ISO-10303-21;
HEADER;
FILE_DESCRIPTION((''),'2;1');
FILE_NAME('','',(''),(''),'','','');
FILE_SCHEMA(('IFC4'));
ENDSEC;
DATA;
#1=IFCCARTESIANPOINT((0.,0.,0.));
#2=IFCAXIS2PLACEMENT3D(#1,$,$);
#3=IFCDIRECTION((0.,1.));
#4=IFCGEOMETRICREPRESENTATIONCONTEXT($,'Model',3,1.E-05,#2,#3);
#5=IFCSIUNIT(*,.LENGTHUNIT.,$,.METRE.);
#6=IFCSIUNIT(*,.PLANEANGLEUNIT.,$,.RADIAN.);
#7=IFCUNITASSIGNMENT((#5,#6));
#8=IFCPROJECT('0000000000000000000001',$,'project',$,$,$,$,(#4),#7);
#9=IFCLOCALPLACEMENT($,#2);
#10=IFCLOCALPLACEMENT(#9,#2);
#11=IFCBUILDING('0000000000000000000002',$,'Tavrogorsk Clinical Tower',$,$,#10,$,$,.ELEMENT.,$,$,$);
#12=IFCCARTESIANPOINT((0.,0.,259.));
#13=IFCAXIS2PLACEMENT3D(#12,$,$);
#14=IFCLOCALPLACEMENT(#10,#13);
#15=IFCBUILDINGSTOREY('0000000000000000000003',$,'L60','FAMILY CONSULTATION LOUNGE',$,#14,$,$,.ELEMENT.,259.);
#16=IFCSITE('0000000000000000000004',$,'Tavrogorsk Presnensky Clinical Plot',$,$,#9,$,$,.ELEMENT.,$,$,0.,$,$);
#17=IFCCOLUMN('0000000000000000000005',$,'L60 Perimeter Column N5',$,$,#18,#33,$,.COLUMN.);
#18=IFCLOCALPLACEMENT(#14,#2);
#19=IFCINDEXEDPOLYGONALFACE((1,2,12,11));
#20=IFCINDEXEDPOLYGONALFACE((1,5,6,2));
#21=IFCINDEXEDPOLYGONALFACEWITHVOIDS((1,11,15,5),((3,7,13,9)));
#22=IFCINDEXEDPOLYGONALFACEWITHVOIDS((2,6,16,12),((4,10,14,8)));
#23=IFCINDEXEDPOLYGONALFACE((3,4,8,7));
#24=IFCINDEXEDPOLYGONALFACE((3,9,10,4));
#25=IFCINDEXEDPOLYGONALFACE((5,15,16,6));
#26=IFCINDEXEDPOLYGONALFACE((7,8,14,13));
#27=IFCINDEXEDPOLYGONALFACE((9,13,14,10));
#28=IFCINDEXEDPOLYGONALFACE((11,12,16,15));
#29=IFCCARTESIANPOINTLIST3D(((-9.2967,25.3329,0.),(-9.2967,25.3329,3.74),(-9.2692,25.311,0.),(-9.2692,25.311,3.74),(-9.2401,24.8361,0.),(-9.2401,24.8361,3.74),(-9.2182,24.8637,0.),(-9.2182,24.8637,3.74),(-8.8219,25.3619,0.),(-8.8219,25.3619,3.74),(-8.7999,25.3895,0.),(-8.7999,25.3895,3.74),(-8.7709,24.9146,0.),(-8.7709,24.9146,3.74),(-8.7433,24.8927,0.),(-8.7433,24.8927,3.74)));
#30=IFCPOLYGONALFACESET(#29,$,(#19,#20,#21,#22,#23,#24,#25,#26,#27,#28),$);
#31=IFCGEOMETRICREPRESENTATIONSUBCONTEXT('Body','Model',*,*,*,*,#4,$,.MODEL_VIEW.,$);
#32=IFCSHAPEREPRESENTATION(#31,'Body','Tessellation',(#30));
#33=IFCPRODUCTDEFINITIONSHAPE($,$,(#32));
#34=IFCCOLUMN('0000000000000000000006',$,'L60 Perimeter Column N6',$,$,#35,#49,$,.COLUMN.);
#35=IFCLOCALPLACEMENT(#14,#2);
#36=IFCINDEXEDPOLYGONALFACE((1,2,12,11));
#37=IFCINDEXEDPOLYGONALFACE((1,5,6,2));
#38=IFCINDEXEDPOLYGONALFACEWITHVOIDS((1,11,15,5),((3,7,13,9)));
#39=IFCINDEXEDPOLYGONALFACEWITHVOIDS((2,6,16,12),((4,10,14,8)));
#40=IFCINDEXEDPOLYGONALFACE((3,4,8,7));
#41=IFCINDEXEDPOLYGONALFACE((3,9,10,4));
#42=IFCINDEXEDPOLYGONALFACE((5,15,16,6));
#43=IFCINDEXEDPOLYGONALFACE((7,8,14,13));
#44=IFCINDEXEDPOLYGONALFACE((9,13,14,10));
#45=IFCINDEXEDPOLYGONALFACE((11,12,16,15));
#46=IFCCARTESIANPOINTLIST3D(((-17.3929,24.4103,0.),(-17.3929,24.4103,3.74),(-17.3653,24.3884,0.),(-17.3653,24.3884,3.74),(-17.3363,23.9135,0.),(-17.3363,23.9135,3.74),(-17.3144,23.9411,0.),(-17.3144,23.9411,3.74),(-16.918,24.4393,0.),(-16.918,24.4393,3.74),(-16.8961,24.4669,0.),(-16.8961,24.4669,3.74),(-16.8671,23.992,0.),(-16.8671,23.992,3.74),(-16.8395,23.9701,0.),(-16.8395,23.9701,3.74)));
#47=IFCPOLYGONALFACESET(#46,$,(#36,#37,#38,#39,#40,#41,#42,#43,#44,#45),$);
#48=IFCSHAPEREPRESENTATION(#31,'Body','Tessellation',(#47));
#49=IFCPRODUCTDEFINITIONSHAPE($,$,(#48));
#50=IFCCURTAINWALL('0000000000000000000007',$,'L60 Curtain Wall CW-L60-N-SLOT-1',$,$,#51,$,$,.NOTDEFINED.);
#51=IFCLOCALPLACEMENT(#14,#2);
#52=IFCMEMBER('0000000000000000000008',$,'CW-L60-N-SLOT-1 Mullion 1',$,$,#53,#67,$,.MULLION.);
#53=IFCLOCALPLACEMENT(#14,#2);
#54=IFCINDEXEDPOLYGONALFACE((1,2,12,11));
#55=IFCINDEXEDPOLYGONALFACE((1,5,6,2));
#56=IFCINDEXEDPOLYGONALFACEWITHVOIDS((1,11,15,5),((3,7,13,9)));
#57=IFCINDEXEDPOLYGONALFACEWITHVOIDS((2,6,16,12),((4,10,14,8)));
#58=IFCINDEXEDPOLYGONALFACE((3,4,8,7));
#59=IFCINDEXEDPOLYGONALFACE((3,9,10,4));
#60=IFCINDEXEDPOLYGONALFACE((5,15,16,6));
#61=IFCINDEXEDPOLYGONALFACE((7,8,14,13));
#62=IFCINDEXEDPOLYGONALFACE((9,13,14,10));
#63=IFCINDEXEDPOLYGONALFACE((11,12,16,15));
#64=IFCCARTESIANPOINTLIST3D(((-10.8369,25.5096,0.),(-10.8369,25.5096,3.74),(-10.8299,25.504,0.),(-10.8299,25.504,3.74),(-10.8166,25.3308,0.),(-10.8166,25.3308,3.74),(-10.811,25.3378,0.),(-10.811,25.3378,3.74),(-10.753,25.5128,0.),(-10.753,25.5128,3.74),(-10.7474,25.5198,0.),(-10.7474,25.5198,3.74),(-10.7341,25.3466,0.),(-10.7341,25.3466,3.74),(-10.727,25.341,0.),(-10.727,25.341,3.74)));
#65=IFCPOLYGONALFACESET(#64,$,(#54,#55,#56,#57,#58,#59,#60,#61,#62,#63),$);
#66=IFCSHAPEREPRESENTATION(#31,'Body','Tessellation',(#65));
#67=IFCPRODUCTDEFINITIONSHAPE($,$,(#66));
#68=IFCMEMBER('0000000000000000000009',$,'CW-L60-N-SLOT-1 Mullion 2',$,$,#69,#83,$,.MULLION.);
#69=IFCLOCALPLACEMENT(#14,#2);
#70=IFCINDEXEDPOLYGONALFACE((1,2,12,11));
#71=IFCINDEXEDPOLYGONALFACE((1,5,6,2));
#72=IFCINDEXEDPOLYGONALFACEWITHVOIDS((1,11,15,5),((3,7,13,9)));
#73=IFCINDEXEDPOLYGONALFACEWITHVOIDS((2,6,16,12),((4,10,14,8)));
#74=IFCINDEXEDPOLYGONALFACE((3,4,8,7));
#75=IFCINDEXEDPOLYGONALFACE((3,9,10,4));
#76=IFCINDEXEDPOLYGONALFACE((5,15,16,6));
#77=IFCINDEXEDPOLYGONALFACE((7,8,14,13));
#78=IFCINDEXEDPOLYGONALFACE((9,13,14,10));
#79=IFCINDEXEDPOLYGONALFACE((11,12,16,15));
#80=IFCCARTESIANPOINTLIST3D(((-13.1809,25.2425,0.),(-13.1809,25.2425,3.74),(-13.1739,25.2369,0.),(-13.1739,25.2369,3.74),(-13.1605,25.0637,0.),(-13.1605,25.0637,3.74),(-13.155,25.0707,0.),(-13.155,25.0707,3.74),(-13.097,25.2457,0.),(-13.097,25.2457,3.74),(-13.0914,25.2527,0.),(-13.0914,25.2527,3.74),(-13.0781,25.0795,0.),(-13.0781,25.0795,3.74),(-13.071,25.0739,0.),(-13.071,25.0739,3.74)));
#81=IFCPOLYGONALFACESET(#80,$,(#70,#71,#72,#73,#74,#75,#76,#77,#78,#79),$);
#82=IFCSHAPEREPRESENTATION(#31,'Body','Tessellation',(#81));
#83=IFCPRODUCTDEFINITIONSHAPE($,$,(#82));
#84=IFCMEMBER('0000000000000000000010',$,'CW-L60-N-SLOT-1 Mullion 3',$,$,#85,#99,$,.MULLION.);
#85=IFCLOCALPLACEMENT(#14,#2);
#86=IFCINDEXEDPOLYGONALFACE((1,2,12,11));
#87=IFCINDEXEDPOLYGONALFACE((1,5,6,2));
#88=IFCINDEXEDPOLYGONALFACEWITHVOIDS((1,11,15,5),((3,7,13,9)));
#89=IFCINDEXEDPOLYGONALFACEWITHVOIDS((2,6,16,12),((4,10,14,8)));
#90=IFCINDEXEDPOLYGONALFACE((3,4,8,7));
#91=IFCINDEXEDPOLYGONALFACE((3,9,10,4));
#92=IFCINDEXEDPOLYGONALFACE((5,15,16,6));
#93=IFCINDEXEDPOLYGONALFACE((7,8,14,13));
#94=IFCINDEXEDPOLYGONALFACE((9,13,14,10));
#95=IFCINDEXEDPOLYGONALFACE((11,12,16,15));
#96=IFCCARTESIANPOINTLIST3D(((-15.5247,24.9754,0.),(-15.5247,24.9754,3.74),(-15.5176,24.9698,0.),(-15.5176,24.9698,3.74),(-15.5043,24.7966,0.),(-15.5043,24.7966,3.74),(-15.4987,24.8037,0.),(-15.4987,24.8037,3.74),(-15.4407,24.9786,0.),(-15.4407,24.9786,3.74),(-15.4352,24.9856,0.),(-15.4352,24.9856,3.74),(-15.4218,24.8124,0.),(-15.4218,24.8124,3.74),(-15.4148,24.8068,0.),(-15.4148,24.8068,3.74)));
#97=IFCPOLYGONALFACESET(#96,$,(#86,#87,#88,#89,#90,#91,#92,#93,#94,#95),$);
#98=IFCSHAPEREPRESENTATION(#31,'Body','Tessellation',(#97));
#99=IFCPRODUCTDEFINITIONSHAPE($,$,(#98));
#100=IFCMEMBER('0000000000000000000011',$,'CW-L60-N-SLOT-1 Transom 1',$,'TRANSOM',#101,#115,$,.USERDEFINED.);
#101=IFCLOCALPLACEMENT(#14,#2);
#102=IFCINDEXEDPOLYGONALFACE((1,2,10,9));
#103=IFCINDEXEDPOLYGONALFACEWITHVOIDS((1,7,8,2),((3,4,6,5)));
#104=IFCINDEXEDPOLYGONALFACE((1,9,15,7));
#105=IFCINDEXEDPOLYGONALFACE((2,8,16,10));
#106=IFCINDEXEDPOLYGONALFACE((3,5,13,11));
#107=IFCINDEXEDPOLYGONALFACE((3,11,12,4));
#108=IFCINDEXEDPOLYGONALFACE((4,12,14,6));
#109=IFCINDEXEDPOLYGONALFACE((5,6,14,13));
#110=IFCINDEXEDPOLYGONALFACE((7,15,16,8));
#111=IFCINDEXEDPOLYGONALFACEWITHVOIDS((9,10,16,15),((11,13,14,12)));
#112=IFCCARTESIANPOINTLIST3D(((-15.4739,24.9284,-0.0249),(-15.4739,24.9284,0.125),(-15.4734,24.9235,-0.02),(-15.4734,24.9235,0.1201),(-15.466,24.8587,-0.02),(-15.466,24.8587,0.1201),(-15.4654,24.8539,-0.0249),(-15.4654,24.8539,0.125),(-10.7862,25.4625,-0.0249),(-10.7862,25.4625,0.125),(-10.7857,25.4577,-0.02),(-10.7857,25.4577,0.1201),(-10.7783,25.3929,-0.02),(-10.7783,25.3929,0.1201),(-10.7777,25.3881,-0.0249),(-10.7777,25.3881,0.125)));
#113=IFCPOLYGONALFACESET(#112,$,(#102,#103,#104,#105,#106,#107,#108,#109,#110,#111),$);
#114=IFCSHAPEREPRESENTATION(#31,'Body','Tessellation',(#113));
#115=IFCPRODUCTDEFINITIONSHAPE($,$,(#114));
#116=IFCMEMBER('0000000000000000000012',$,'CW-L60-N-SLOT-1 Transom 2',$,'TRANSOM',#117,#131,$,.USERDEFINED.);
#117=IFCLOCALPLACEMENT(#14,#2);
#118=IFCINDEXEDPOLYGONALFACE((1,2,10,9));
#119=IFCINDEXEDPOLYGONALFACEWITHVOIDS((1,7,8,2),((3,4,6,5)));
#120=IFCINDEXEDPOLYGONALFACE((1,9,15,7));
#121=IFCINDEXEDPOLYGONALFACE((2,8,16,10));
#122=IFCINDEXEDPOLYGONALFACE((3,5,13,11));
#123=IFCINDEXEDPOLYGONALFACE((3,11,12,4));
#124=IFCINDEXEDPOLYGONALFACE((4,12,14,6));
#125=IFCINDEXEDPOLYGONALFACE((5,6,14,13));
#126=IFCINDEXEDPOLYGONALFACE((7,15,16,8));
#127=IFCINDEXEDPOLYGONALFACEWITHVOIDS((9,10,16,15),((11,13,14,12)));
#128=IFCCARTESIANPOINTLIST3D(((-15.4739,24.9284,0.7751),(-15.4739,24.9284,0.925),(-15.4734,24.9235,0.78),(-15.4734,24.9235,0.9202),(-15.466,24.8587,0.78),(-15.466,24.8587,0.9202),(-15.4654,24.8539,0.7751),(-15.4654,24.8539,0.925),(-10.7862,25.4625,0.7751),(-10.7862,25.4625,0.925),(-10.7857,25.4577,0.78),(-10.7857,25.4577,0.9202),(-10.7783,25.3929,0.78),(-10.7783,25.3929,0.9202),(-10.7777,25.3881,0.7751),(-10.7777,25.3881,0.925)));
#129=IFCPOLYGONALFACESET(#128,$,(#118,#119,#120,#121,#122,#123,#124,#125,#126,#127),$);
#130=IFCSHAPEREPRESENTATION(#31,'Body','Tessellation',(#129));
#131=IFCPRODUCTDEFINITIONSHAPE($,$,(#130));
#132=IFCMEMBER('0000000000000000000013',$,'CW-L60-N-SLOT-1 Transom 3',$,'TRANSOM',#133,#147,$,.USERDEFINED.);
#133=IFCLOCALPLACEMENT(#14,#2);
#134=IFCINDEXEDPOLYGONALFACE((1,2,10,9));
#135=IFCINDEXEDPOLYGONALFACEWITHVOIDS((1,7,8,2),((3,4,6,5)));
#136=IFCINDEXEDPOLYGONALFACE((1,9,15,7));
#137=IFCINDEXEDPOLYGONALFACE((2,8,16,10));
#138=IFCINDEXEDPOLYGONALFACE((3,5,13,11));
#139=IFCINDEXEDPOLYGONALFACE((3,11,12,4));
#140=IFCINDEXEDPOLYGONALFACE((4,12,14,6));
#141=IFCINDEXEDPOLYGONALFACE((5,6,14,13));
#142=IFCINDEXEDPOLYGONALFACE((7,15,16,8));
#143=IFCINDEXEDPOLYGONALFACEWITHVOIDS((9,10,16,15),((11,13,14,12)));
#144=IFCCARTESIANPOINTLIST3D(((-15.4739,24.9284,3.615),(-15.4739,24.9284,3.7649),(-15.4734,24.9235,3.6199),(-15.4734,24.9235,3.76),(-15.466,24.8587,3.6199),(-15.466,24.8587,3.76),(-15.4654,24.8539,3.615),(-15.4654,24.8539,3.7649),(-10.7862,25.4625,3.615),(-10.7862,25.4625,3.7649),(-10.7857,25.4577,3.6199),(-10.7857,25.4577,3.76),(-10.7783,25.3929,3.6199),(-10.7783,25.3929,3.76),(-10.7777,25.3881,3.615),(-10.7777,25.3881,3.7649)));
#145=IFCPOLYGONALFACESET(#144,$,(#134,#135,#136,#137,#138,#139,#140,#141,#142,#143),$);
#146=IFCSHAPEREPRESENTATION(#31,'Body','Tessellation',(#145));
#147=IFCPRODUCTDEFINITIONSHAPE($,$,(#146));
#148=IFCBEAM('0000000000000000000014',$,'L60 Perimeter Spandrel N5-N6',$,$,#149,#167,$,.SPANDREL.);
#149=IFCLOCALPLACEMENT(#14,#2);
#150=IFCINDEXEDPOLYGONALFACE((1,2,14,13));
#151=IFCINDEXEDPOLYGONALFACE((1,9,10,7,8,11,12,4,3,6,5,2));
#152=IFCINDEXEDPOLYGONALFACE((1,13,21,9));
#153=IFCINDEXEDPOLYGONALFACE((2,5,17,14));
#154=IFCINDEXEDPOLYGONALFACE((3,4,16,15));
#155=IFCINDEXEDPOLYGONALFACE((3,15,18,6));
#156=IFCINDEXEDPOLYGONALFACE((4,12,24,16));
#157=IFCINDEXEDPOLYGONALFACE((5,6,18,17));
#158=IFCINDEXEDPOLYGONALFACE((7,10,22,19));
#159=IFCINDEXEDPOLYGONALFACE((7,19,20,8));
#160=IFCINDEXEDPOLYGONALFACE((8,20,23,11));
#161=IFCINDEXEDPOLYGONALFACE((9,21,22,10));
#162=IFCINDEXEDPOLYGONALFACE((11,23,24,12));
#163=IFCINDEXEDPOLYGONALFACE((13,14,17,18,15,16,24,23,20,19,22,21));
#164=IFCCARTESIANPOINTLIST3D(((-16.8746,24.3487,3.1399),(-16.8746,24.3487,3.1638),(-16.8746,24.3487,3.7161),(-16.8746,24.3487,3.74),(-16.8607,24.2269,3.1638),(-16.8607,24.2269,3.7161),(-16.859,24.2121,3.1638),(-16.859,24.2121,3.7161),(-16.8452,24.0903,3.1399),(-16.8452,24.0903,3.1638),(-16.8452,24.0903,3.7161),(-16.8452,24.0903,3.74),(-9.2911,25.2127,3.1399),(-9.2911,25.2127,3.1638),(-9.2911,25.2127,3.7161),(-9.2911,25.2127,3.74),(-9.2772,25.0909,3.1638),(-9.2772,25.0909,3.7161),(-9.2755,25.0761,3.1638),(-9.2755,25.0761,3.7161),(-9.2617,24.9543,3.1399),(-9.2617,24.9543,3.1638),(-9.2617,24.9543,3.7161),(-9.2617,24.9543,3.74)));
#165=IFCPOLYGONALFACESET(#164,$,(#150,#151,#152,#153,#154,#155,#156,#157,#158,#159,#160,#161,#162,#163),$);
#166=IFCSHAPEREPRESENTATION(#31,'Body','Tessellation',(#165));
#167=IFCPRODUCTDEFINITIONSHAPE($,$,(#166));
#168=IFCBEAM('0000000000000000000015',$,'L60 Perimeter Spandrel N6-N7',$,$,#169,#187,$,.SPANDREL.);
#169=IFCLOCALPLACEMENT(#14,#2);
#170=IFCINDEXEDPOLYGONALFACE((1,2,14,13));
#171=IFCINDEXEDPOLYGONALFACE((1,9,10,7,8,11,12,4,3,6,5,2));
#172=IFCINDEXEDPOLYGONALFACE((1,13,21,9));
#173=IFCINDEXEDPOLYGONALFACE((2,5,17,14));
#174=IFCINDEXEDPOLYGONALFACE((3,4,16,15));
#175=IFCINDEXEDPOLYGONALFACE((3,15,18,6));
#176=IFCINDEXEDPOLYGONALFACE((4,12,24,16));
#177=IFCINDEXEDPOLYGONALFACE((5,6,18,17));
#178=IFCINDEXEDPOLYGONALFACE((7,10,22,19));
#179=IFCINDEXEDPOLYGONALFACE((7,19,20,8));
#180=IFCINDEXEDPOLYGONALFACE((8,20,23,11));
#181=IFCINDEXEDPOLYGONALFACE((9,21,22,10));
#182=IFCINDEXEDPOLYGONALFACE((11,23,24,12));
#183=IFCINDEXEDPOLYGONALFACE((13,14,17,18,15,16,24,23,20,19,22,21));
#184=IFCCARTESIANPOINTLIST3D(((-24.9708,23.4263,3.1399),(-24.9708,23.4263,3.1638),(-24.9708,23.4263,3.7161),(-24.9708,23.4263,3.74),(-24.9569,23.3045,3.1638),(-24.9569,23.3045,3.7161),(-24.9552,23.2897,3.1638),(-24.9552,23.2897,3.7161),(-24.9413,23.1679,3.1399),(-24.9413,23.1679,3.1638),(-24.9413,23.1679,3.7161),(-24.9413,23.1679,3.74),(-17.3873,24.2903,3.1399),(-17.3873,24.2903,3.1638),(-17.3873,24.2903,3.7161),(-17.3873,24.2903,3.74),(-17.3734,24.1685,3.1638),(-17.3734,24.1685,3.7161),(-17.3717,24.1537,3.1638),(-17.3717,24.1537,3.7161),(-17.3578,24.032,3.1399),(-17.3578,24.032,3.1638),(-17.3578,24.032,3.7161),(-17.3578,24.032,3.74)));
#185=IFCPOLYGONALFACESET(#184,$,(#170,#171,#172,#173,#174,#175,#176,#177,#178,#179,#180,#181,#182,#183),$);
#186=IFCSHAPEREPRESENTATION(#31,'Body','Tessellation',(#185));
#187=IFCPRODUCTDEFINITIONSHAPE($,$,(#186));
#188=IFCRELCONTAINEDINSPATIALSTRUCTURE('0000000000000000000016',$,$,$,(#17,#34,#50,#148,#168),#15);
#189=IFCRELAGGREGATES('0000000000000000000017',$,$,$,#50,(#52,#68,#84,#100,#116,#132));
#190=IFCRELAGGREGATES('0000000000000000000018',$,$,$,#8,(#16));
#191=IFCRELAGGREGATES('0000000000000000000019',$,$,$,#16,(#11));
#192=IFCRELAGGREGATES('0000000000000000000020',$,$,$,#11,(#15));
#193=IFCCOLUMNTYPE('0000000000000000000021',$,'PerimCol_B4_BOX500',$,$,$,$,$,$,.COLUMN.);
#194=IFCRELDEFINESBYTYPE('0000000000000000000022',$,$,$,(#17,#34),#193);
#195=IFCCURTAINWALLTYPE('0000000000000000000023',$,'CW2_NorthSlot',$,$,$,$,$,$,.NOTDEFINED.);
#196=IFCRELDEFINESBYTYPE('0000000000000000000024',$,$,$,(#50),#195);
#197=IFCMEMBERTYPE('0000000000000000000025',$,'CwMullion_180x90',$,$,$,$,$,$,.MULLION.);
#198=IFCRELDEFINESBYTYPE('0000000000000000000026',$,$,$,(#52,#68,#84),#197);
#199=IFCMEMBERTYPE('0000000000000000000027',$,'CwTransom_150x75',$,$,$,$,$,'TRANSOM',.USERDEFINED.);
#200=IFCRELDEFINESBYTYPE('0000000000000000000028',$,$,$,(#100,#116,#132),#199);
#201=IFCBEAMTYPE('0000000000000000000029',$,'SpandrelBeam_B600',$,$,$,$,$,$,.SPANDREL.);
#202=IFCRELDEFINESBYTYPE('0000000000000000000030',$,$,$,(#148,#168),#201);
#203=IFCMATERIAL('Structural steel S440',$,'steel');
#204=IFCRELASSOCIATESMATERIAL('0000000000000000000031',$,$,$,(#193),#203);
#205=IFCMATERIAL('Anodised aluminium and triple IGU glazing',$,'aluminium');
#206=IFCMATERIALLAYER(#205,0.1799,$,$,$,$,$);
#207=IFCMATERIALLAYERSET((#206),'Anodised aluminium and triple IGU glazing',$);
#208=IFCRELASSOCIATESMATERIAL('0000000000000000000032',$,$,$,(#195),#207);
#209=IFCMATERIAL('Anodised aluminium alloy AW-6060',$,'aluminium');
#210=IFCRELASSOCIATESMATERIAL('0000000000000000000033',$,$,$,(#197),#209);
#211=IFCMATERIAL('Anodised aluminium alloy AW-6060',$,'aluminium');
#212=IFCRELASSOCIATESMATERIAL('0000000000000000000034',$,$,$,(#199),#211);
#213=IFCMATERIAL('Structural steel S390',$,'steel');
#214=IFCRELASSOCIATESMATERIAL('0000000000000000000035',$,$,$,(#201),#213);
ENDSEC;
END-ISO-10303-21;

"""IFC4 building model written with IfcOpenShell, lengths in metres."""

from ifc_helpers import new_model, si_unit, direction, frame, origin, origin_2d, place, context, subcontext, project, spatial, hollow_rectangle, i_section, extrude, material, layer, layer_set, material_profile, profile_set, type_object, element, aggregate, save


model = new_model("IFC4")

# Units and contexts
model_context = context("Model", 3, precision=1e-05, world=origin(), true_north=direction((0.0, 1.0)))
body_context = subcontext(model_context, "Body", "Model", "MODEL_VIEW")
ifc_project = project(units=[si_unit("LENGTHUNIT", "METRE"), si_unit("PLANEANGLEUNIT", "RADIAN")], contexts=[model_context])

# Site, building, storey
site_placement = place(None, origin())
site = spatial("IfcSite", under=ifc_project, at=site_placement, Name="Tavrogorsk Presnensky Clinical Plot", CompositionType="ELEMENT", RefElevation=0.0)
building_placement = place(site_placement, origin())
building = spatial("IfcBuilding", under=site, at=building_placement, Name="Tavrogorsk Clinical Tower", CompositionType="ELEMENT")
storey_placement = place(building_placement, frame((0.0, 0.0, 259.0)))
storey = spatial("IfcBuildingStorey", under=building, at=storey_placement, Name="L60", Description="FAMILY CONSULTATION LOUNGE", CompositionType="ELEMENT", Elevation=259.0)

# Columns
ifc_material_1 = material(Name="Structural steel S440", Category="steel")
ifc_material_profile_1 = material_profile(ifc_material_1, hollow_rectangle(XDim=0.5, YDim=0.5, WallThickness=0.0249, at=origin_2d()), Name="BOX-500x500x25")
ifc_profile_set_1 = profile_set([ifc_material_profile_1], Name="Structural steel S440")
column_type = type_object("IfcColumnType", Name="PerimCol_B4_BOX500", PredefinedType="COLUMN", material=ifc_profile_set_1)
for number, where, z_axis, x_axis, name in (
    (1, (-9.02, 25.1128, 0.0), (0.0, 0.0, 1.0), (0.993572, 0.113203, 0.0), "L60 Perimeter Column N5"),
    (2, (-17.1162, 24.1902, 0.0), (0.0, 0.0, 1.0), (0.993572, 0.113203, 0.0), "L60 Perimeter Column N6"),
):
    element("IfcColumn", number, at=place(storey_placement, frame(where, z_axis=z_axis, x_axis=x_axis)), inside=storey, type_object=column_type, Name=name, PredefinedType="COLUMN", context=body_context, shape_type="SweptSolid", body=[
        extrude(hollow_rectangle(XDim=0.5, YDim=0.5, WallThickness=0.0249, at=origin_2d()), origin(), (0.0, 0.0, 1.0), 3.74),
    ])

# Curtain wall, members
ifc_material_2 = material(Name="Anodised aluminium and triple IGU glazing", Category="aluminium")
ifc_layer_1 = layer(ifc_material_2, 0.1799)
ifc_layer_set_1 = layer_set([ifc_layer_1], Name="Anodised aluminium and triple IGU glazing")
curtain_wall_type = type_object("IfcCurtainWallType", Name="CW2_NorthSlot", PredefinedType="NOTDEFINED", material=ifc_layer_set_1)
curtain_wall_placement = place(storey_placement, origin())
curtain_wall = element("IfcCurtainWall", 3, at=curtain_wall_placement, inside=storey, type_object=curtain_wall_type, Name="L60 Curtain Wall CW-L60-N-SLOT-1", PredefinedType="NOTDEFINED")
ifc_material_3 = material(Name="Anodised aluminium alloy AW-6060", Category="aluminium")
ifc_material_profile_2 = material_profile(ifc_material_3, hollow_rectangle(XDim=0.0901, YDim=0.1799, WallThickness=0.0063, at=origin_2d()), Name="RHS-180x90x6.3")
ifc_profile_set_2 = profile_set([ifc_material_profile_2], Name="Anodised aluminium alloy AW-6060")
member_type_1 = type_object("IfcMemberType", Name="CwMullion_180x90", PredefinedType="MULLION", material=ifc_profile_set_2)
member_1_placement = place(storey_placement, frame((-10.782, 25.4253, 0.0), z_axis=(0.0, 0.0, 1.0), x_axis=(-0.993572, -0.113203, 0.0)))
member_1 = element("IfcMember", 4, at=member_1_placement, type_object=member_type_1, Name="CW-L60-N-SLOT-1 Mullion 1", PredefinedType="MULLION", context=body_context, shape_type="SweptSolid", body=[
    extrude(hollow_rectangle(XDim=0.0901, YDim=0.1799, WallThickness=0.0063, at=origin_2d()), origin(), (0.0, 0.0, 1.0), 3.74),
])
member_2_placement = place(storey_placement, frame((-13.126, 25.1582, 0.0), z_axis=(0.0, 0.0, 1.0), x_axis=(-0.993572, -0.113203, 0.0)))
member_2 = element("IfcMember", 5, at=member_2_placement, type_object=member_type_1, Name="CW-L60-N-SLOT-1 Mullion 2", PredefinedType="MULLION", context=body_context, shape_type="SweptSolid", body=[
    extrude(hollow_rectangle(XDim=0.0901, YDim=0.1799, WallThickness=0.0063, at=origin_2d()), origin(), (0.0, 0.0, 1.0), 3.74),
])
member_3_placement = place(storey_placement, frame((-15.4697, 24.8911, 0.0), z_axis=(0.0, 0.0, 1.0), x_axis=(-0.993572, -0.113203, 0.0)))
member_3 = element("IfcMember", 6, at=member_3_placement, type_object=member_type_1, Name="CW-L60-N-SLOT-1 Mullion 3", PredefinedType="MULLION", context=body_context, shape_type="SweptSolid", body=[
    extrude(hollow_rectangle(XDim=0.0901, YDim=0.1799, WallThickness=0.0063, at=origin_2d()), origin(), (0.0, 0.0, 1.0), 3.74),
])
ifc_material_4 = material(Name="Anodised aluminium alloy AW-6060", Category="aluminium")
ifc_material_profile_3 = material_profile(ifc_material_4, hollow_rectangle(XDim=0.075, YDim=0.1499, WallThickness=0.0049, at=origin_2d()), Name="RHS-150x75x5")
ifc_profile_set_3 = profile_set([ifc_material_profile_3], Name="Anodised aluminium alloy AW-6060")
member_type_2 = type_object("IfcMemberType", Name="CwTransom_150x75", ElementType="TRANSOM", PredefinedType="USERDEFINED", material=ifc_profile_set_3)
member_4_placement = place(storey_placement, frame((-10.782, 25.4253, 0.05), z_axis=(-0.99357, -0.11322, 0.0), x_axis=(0.11322, -0.99357, 0.0)))
member_4 = element("IfcMember", 7, at=member_4_placement, type_object=member_type_2, Name="CW-L60-N-SLOT-1 Transom 1", ObjectType="TRANSOM", PredefinedType="USERDEFINED", context=body_context, shape_type="SweptSolid", body=[
    extrude(hollow_rectangle(XDim=0.075, YDim=0.1499, WallThickness=0.0049, at=origin_2d()), origin(), (0.0, 0.0, 1.0), 4.718),
])
member_5_placement = place(storey_placement, frame((-10.782, 25.4253, 0.8501), z_axis=(-0.99357, -0.11322, 0.0), x_axis=(0.11322, -0.99357, 0.0)))
member_5 = element("IfcMember", 8, at=member_5_placement, type_object=member_type_2, Name="CW-L60-N-SLOT-1 Transom 2", ObjectType="TRANSOM", PredefinedType="USERDEFINED", context=body_context, shape_type="SweptSolid", body=[
    extrude(hollow_rectangle(XDim=0.075, YDim=0.1499, WallThickness=0.0049, at=origin_2d()), origin(), (0.0, 0.0, 1.0), 4.718),
])
member_6_placement = place(storey_placement, frame((-10.782, 25.4253, 3.6899), z_axis=(-0.99357, -0.11322, 0.0), x_axis=(0.11322, -0.99357, 0.0)))
member_6 = element("IfcMember", 9, at=member_6_placement, type_object=member_type_2, Name="CW-L60-N-SLOT-1 Transom 3", ObjectType="TRANSOM", PredefinedType="USERDEFINED", context=body_context, shape_type="SweptSolid", body=[
    extrude(hollow_rectangle(XDim=0.075, YDim=0.1499, WallThickness=0.0049, at=origin_2d()), origin(), (0.0, 0.0, 1.0), 4.718),
])

# Beams
ifc_material_5 = material(Name="Structural steel S390", Category="steel")
ifc_material_profile_4 = material_profile(ifc_material_5, i_section(OverallWidth=0.26, OverallDepth=0.6001, WebThickness=0.0149, FlangeThickness=0.0239, at=origin_2d()), Name="B-600x260x15x24")
ifc_profile_set_4 = profile_set([ifc_material_profile_4], Name="Structural steel S390")
beam_type = type_object("IfcBeamType", Name="SpandrelBeam_B600", PredefinedType="SPANDREL", material=ifc_profile_set_4)
for number, where, z_axis, x_axis, name in (
    (10, (-9.2764, 25.0835, 3.4399), (-0.993572, -0.113201, 0.0), (0.113201, -0.993572, 0.0), "L60 Perimeter Spandrel N5-N6"),
    (11, (-17.3726, 24.1611, 3.4399), (-0.993572, -0.113201, 0.0), (0.113201, -0.993572, 0.0), "L60 Perimeter Spandrel N6-N7"),
):
    element("IfcBeam", number, at=place(storey_placement, frame(where, z_axis=z_axis, x_axis=x_axis)), inside=storey, type_object=beam_type, Name=name, PredefinedType="SPANDREL", context=body_context, shape_type="SweptSolid", body=[
        extrude(i_section(OverallWidth=0.26, OverallDepth=0.6001, WebThickness=0.0149, FlangeThickness=0.0239, at=origin_2d()), origin(), (0.0, 0.0, 1.0), 7.6326),
    ])

aggregate(curtain_wall, [member_1, member_2, member_3, member_4, member_5, member_6])

save(model, "model.ifc")
